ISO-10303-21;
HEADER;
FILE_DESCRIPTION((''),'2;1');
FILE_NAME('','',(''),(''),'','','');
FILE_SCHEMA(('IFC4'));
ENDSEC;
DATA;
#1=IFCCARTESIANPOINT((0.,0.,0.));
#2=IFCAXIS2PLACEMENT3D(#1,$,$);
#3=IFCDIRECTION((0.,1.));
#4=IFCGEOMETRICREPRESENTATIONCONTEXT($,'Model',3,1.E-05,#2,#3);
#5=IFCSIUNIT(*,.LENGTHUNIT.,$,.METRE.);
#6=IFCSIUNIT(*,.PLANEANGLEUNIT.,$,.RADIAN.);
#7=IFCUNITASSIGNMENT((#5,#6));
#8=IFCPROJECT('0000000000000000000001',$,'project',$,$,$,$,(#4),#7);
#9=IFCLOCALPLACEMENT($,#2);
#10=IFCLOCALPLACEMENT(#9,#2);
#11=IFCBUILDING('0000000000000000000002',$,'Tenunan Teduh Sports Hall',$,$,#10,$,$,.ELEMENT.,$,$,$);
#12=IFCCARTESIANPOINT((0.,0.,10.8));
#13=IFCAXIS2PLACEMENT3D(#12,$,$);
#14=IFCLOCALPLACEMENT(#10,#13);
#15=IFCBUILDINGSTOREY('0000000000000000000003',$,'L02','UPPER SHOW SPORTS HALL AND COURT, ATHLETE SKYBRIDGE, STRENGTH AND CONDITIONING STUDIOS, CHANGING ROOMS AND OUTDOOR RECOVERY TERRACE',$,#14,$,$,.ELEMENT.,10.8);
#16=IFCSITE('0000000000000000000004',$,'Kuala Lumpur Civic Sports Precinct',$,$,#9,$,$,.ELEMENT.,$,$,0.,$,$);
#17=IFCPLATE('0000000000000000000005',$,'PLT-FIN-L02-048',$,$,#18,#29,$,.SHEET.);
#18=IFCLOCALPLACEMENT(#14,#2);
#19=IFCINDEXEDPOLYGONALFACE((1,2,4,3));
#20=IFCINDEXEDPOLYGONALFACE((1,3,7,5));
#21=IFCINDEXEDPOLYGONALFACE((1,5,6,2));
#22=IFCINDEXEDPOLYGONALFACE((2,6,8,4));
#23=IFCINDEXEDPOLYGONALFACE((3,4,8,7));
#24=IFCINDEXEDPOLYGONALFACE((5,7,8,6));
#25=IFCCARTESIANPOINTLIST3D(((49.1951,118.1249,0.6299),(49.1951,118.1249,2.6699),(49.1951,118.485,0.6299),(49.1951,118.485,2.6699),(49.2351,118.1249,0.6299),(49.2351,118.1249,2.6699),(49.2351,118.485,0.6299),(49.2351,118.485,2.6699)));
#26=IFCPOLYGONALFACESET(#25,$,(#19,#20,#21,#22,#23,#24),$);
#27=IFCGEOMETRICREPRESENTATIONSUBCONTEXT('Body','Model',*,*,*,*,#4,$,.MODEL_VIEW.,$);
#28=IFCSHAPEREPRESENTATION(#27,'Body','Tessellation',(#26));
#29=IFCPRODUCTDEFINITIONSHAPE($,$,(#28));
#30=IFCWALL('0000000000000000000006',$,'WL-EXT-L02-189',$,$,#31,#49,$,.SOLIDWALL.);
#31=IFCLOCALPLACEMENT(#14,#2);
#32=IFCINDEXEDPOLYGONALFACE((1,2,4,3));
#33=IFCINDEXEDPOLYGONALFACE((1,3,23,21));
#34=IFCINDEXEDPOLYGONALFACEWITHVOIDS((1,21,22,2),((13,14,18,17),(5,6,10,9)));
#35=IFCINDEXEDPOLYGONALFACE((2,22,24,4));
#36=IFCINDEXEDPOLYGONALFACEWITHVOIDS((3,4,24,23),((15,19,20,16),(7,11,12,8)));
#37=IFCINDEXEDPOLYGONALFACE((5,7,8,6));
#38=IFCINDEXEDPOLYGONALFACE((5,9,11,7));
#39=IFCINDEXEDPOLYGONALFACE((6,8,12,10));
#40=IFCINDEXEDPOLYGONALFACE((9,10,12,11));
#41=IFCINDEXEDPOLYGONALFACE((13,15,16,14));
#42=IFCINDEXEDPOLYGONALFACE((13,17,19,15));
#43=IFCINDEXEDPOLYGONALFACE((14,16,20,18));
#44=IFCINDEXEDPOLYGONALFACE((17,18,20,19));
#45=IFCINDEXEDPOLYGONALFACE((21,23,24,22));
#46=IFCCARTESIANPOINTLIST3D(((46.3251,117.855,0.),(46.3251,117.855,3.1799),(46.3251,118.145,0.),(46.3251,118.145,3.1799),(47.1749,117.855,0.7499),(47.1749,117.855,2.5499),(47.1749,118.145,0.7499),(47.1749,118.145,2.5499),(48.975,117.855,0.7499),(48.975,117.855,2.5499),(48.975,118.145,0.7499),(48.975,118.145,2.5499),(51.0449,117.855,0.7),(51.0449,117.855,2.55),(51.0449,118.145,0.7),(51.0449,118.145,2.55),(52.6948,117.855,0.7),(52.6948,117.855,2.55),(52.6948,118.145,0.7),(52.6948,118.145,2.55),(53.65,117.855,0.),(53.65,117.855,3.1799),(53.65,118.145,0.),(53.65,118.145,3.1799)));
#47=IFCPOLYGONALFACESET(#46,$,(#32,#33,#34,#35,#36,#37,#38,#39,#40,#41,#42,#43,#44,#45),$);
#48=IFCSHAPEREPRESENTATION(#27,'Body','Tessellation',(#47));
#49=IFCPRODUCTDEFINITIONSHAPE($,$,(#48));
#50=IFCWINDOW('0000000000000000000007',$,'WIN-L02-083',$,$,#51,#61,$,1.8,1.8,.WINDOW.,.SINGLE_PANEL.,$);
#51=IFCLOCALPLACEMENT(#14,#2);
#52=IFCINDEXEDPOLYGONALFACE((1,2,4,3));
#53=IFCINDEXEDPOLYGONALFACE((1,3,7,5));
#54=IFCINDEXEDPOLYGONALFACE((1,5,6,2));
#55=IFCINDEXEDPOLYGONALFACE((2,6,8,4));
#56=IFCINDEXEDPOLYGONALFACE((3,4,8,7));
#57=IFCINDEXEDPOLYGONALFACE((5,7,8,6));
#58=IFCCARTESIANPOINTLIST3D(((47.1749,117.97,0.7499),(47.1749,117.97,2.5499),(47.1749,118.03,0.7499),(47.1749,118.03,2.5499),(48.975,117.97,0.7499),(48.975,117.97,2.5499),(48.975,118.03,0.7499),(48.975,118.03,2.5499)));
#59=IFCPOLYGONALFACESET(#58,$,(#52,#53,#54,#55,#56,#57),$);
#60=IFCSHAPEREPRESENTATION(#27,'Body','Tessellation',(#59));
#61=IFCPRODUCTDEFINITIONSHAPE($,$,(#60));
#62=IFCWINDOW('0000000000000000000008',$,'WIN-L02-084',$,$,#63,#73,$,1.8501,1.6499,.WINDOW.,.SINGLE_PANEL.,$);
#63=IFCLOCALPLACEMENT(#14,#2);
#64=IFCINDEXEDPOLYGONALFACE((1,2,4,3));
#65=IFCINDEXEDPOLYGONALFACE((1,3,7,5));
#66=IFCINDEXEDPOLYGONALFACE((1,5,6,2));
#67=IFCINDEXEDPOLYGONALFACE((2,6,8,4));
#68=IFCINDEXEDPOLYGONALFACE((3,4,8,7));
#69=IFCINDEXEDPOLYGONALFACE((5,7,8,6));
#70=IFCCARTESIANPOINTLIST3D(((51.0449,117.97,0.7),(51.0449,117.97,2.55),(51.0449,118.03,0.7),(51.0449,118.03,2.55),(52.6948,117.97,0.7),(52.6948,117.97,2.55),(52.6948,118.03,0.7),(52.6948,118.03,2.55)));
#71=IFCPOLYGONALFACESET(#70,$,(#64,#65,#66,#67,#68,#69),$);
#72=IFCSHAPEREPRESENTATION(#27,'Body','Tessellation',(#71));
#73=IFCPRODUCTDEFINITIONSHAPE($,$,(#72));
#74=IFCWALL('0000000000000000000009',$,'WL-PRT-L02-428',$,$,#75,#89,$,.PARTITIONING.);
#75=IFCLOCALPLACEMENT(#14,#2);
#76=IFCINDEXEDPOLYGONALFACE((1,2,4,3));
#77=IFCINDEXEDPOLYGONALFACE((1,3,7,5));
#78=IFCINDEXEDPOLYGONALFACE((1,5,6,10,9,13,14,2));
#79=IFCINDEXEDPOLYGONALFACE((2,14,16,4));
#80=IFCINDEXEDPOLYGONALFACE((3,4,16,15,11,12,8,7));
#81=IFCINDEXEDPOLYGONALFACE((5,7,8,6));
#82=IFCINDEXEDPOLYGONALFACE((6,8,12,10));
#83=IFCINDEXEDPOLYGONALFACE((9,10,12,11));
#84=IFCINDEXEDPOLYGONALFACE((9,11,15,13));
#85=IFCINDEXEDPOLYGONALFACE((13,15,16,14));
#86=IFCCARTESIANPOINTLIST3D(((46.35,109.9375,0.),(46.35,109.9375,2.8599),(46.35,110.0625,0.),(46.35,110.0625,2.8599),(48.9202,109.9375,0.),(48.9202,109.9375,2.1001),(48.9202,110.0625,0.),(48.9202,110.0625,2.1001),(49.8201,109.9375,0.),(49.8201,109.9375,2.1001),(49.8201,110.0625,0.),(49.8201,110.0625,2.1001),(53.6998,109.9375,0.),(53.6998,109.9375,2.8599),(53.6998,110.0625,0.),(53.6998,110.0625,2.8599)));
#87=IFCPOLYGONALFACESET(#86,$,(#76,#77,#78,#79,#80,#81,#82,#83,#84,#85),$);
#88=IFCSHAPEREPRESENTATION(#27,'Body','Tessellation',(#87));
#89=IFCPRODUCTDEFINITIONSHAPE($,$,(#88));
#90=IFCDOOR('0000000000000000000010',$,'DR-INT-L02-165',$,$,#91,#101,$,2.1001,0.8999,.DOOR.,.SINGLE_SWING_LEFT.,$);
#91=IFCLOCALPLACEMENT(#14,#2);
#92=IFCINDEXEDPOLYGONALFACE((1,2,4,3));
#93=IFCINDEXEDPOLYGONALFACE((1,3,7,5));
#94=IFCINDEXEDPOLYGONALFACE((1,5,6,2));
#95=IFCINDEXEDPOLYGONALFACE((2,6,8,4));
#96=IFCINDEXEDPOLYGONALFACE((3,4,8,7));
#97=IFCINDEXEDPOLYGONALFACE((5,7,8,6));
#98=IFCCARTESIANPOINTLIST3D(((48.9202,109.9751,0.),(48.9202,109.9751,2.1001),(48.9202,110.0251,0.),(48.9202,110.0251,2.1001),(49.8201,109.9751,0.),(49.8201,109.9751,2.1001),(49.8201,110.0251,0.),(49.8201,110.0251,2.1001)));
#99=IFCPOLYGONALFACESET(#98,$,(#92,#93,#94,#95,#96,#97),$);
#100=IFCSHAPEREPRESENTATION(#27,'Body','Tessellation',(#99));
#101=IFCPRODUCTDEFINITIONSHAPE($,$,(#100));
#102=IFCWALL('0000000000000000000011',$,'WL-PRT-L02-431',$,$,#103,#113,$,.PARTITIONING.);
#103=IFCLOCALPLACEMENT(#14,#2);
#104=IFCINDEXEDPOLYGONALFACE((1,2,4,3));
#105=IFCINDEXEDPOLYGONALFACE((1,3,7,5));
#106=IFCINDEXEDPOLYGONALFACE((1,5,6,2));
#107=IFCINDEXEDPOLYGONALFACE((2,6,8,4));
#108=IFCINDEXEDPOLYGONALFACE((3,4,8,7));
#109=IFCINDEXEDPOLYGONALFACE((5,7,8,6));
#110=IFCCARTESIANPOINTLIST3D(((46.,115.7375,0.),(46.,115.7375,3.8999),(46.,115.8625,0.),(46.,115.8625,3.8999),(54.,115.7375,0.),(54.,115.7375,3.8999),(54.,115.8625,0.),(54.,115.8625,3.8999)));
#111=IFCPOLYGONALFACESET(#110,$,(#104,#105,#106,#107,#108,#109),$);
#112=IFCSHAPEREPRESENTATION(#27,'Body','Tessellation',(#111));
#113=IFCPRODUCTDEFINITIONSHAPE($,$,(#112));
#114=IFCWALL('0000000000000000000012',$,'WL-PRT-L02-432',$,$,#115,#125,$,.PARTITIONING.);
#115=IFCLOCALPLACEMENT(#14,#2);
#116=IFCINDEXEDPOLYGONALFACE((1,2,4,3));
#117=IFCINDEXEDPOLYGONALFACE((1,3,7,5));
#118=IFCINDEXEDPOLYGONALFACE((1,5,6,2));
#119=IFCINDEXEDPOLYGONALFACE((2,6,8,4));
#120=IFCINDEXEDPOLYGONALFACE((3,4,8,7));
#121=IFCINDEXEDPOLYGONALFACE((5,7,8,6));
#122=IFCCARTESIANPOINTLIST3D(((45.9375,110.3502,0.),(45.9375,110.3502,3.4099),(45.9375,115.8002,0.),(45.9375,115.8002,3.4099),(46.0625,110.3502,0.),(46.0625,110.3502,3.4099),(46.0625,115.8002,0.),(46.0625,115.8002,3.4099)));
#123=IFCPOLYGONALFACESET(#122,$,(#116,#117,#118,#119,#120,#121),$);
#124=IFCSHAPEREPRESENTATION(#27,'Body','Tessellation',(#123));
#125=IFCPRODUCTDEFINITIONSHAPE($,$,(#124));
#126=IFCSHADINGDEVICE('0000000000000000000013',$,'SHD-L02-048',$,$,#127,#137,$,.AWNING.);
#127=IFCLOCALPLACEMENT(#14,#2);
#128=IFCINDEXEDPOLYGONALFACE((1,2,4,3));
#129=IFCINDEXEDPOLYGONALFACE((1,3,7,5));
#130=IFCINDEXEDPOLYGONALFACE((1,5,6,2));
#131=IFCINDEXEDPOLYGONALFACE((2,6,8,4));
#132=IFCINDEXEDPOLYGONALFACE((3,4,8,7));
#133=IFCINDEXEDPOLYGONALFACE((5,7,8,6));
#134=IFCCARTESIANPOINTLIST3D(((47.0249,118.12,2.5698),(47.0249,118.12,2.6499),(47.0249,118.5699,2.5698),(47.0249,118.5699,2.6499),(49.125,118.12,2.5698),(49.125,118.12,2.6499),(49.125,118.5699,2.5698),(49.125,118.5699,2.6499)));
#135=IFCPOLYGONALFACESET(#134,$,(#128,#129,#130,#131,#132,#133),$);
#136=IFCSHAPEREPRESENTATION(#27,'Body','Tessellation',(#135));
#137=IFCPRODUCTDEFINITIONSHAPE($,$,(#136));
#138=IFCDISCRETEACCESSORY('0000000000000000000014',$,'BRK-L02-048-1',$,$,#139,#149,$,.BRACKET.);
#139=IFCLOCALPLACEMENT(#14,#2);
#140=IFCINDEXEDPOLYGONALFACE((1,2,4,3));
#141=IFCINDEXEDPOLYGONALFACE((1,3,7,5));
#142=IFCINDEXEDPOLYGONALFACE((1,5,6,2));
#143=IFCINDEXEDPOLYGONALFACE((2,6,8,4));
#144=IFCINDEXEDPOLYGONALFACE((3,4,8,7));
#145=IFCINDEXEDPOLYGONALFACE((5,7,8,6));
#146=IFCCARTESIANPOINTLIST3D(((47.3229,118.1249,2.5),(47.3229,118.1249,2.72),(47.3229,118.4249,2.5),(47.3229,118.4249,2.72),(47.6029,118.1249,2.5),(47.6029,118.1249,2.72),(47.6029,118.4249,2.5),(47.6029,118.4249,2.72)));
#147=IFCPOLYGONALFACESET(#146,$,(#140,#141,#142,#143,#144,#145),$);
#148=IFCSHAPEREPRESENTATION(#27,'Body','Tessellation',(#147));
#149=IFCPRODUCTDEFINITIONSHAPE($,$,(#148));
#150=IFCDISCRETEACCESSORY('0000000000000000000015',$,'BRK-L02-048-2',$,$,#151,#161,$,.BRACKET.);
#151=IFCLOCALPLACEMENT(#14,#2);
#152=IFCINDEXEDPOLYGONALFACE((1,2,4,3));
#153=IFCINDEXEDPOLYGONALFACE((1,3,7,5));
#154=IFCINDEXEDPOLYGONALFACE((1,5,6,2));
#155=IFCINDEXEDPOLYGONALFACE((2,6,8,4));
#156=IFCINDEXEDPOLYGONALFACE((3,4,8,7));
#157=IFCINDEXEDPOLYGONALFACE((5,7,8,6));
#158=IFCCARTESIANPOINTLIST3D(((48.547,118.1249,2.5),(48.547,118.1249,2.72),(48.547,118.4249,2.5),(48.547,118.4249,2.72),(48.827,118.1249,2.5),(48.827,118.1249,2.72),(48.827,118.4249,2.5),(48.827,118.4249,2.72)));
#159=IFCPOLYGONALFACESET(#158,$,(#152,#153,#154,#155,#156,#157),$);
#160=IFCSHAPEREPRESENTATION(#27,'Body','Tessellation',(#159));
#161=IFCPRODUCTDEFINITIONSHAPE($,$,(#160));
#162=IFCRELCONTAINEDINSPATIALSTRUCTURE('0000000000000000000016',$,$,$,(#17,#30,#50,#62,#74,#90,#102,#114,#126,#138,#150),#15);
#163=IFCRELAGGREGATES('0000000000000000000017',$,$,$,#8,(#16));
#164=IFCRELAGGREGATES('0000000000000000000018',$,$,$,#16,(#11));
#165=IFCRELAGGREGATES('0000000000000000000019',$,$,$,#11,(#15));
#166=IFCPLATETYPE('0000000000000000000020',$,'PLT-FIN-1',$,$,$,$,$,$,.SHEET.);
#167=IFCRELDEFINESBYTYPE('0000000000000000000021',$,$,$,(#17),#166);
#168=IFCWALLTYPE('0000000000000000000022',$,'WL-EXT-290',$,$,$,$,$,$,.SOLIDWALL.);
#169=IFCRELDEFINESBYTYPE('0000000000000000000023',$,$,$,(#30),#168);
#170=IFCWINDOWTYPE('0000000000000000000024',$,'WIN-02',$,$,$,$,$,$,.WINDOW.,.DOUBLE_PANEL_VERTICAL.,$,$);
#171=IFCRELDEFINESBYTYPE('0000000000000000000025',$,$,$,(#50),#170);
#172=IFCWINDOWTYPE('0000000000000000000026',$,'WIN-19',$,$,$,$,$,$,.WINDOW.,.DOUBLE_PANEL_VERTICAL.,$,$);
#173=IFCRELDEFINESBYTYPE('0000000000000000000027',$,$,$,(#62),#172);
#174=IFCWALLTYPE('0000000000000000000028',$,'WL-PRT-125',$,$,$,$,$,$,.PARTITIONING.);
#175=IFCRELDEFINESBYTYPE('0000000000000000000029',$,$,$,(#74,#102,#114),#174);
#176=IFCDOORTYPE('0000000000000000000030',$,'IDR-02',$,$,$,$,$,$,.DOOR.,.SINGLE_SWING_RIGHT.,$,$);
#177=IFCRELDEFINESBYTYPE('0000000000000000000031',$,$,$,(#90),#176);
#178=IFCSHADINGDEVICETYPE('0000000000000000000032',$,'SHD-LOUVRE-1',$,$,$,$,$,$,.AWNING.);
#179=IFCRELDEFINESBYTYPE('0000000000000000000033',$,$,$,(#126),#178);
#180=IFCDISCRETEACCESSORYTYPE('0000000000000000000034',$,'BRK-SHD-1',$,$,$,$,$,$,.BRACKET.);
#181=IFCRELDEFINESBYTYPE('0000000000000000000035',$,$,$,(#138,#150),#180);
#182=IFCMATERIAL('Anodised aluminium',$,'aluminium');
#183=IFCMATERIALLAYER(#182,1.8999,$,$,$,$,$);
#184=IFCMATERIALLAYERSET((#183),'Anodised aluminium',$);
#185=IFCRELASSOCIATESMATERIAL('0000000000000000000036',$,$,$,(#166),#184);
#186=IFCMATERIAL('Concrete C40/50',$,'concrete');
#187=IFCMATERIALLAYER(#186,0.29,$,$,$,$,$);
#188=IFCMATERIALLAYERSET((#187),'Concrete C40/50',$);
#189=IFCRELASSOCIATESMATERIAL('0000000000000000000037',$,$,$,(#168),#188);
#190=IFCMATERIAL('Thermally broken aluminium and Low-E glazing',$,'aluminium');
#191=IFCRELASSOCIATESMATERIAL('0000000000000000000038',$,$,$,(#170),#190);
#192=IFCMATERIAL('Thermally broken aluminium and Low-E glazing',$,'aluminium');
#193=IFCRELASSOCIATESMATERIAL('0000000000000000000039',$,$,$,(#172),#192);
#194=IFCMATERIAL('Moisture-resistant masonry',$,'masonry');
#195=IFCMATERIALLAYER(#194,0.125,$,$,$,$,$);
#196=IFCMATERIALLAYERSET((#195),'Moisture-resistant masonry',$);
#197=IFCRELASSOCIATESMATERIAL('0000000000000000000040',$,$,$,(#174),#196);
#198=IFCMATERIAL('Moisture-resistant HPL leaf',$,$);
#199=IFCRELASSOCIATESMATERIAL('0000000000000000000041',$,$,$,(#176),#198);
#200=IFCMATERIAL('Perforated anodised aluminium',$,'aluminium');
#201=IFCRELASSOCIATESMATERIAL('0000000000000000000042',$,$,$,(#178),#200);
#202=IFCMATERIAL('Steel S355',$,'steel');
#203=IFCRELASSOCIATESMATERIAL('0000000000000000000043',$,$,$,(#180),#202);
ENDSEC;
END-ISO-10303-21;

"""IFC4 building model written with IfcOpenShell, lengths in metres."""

from ifc_helpers import new_model, si_unit, direction, frame, frame_2d, origin, origin_2d, place, context, subcontext, project, spatial, rectangle, extrude, material, layer, layer_set, type_object, element, fill, save


model = new_model("IFC4")

# Units and contexts
model_context = context("Model", 3, precision=1e-05, world=origin(), true_north=direction((0.0, 1.0)))
body_context = subcontext(model_context, "Body", "Model", "MODEL_VIEW")
ifc_project = project(units=[si_unit("LENGTHUNIT", "METRE"), si_unit("PLANEANGLEUNIT", "RADIAN")], contexts=[model_context])

# Site, building, storey
site_placement = place(None, origin())
site = spatial("IfcSite", under=ifc_project, at=site_placement, Name="Kuala Lumpur Civic Sports Precinct", CompositionType="ELEMENT", RefElevation=0.0)
building_placement = place(site_placement, origin())
building = spatial("IfcBuilding", under=site, at=building_placement, Name="Tenunan Teduh Sports Hall", CompositionType="ELEMENT")
storey_placement = place(building_placement, frame((0.0, 0.0, 10.8)))
storey = spatial("IfcBuildingStorey", under=building, at=storey_placement, Name="L02", Description="UPPER SHOW SPORTS HALL AND COURT, ATHLETE SKYBRIDGE, STRENGTH AND CONDITIONING STUDIOS, CHANGING ROOMS AND OUTDOOR RECOVERY TERRACE", CompositionType="ELEMENT", Elevation=10.8)

# Plate
ifc_material_1 = material(Name="Anodised aluminium", Category="aluminium")
ifc_layer_1 = layer(ifc_material_1, 1.8999)
ifc_layer_set_1 = layer_set([ifc_layer_1], Name="Anodised aluminium")
plate_type = type_object("IfcPlateType", Name="PLT-FIN-1", PredefinedType="SHEET", material=ifc_layer_set_1)
plate_placement = place(storey_placement, frame((49.2151, 118.3049, 0.6299), z_axis=(0.0, 0.0, 1.0), x_axis=(1.0, 0.0, 0.0)))
element("IfcPlate", 1, at=plate_placement, inside=storey, type_object=plate_type, Name="PLT-FIN-L02-048", PredefinedType="SHEET", context=body_context, shape_type="SweptSolid", body=[
    extrude(rectangle(XDim=0.04, YDim=0.3601, at=origin_2d()), origin(), (0.0, 0.0, 1.0), 2.04),
])

# Wall, openings, windows
ifc_material_2 = material(Name="Concrete C40/50", Category="concrete")
ifc_layer_2 = layer(ifc_material_2, 0.29)
ifc_layer_set_2 = layer_set([ifc_layer_2], Name="Concrete C40/50")
wall_type_1 = type_object("IfcWallType", Name="WL-EXT-290", PredefinedType="SOLIDWALL", material=ifc_layer_set_2)
wall_1_placement = place(storey_placement, frame((46.325, 118.0, 0.0), z_axis=(0.0, 0.0, 1.0), x_axis=(1.0, 0.0, 0.0)))
wall_1 = element("IfcWall", 2, at=wall_1_placement, inside=storey, type_object=wall_type_1, Name="WL-EXT-L02-189", PredefinedType="SOLIDWALL", context=body_context, shape_type="SweptSolid", body=[
    extrude(rectangle(XDim=7.325, YDim=0.29, at=frame_2d((3.6626, 0.0))), origin(), (0.0, 0.0, 1.0), 3.1799),
])
opening_1_placement = place(wall_1_placement, frame((0.8501, 0.0, 0.75)))
opening_1 = element("IfcOpeningElement", 3, at=opening_1_placement, cuts=wall_1, PredefinedType="OPENING", context=body_context, shape_type="SweptSolid", body=[
    extrude(rectangle(XDim=1.8, YDim=1.8, at=frame_2d((0.8999, 0.8999))), frame((0.0, 0.155, 0.0), z_axis=(0.0, -1.0, 0.0), x_axis=(1.0, 0.0, 0.0)), (0.0, 0.0, 1.0), 0.3101),
])
opening_2_placement = place(wall_1_placement, frame((4.72, 0.0, 0.7)))
opening_2 = element("IfcOpeningElement", 4, at=opening_2_placement, cuts=wall_1, PredefinedType="OPENING", context=body_context, shape_type="SweptSolid", body=[
    extrude(rectangle(XDim=1.6499, YDim=1.8501, at=frame_2d((0.825, 0.925))), frame((0.0, 0.155, 0.0), z_axis=(0.0, -1.0, 0.0), x_axis=(1.0, 0.0, 0.0)), (0.0, 0.0, 1.0), 0.3101),
])
ifc_material_3 = material(Name="Thermally broken aluminium and Low-E glazing", Category="aluminium")
window_type_1 = type_object("IfcWindowType", Name="WIN-02", PartitioningType="DOUBLE_PANEL_VERTICAL", PredefinedType="WINDOW", material=ifc_material_3)
window_1_placement = place(opening_1_placement, origin())
window_1 = element("IfcWindow", 5, at=window_1_placement, inside=storey, type_object=window_type_1, Name="WIN-L02-083", OverallHeight=1.8, OverallWidth=1.8, PartitioningType="SINGLE_PANEL", PredefinedType="WINDOW", context=body_context, shape_type="SweptSolid", body=[
    extrude(rectangle(XDim=1.8, YDim=1.8, at=frame_2d((0.8999, 0.8999))), frame((0.0, 0.03, 0.0), z_axis=(0.0, -1.0, 0.0), x_axis=(1.0, 0.0, 0.0)), (0.0, 0.0, 1.0), 0.0601),
])
fill(opening_1, window_1)
ifc_material_4 = material(Name="Thermally broken aluminium and Low-E glazing", Category="aluminium")
window_type_2 = type_object("IfcWindowType", Name="WIN-19", PartitioningType="DOUBLE_PANEL_VERTICAL", PredefinedType="WINDOW", material=ifc_material_4)
window_2_placement = place(opening_2_placement, origin())
window_2 = element("IfcWindow", 6, at=window_2_placement, inside=storey, type_object=window_type_2, Name="WIN-L02-084", OverallHeight=1.8501, OverallWidth=1.6499, PartitioningType="SINGLE_PANEL", PredefinedType="WINDOW", context=body_context, shape_type="SweptSolid", body=[
    extrude(rectangle(XDim=1.6499, YDim=1.8501, at=frame_2d((0.825, 0.925))), frame((0.0, 0.03, 0.0), z_axis=(0.0, -1.0, 0.0), x_axis=(1.0, 0.0, 0.0)), (0.0, 0.0, 1.0), 0.0601),
])
fill(opening_2, window_2)

# Wall, opening, door
ifc_material_5 = material(Name="Moisture-resistant masonry", Category="masonry")
ifc_layer_3 = layer(ifc_material_5, 0.125)
ifc_layer_set_3 = layer_set([ifc_layer_3], Name="Moisture-resistant masonry")
wall_type_2 = type_object("IfcWallType", Name="WL-PRT-125", PredefinedType="PARTITIONING", material=ifc_layer_set_3)
wall_2_placement = place(storey_placement, frame((46.3501, 110.0, 0.0), z_axis=(0.0, 0.0, 1.0), x_axis=(1.0, 0.0, 0.0)))
wall_2 = element("IfcWall", 7, at=wall_2_placement, inside=storey, type_object=wall_type_2, Name="WL-PRT-L02-428", PredefinedType="PARTITIONING", context=body_context, shape_type="SweptSolid", body=[
    extrude(rectangle(XDim=7.3499, YDim=0.125, at=frame_2d((3.6748, 0.0))), origin(), (0.0, 0.0, 1.0), 2.8599),
])
opening_3_placement = place(wall_2_placement, frame((2.5701, 0.0, 0.0)))
opening_3 = element("IfcOpeningElement", 8, at=opening_3_placement, cuts=wall_2, PredefinedType="OPENING", context=body_context, shape_type="SweptSolid", body=[
    extrude(rectangle(XDim=0.8999, YDim=2.1001, at=frame_2d((0.45, 1.05))), frame((0.0, 0.0725, 0.0), z_axis=(0.0, -1.0, 0.0), x_axis=(1.0, 0.0, 0.0)), (0.0, 0.0, 1.0), 0.145),
])
ifc_material_6 = material(Name="Moisture-resistant HPL leaf")
door_type = type_object("IfcDoorType", Name="IDR-02", OperationType="SINGLE_SWING_RIGHT", PredefinedType="DOOR", material=ifc_material_6)
door_placement = place(opening_3_placement, frame((0.8999, 0.0, 0.0), z_axis=(0.0, 0.0, 1.0), x_axis=(-1.0, 0.0, 0.0)))
door = element("IfcDoor", 9, at=door_placement, inside=storey, type_object=door_type, Name="DR-INT-L02-165", OperationType="SINGLE_SWING_LEFT", OverallHeight=2.1001, OverallWidth=0.8999, PredefinedType="DOOR", context=body_context, shape_type="SweptSolid", body=[
    extrude(rectangle(XDim=0.8999, YDim=2.1001, at=frame_2d((0.45, 1.05))), frame((0.0, 0.0249, 0.0), z_axis=(0.0, -1.0, 0.0), x_axis=(1.0, 0.0, 0.0)), (0.0, 0.0, 1.0), 0.05),
])
fill(opening_3, door)

# Walls
wall_3_placement = place(storey_placement, frame((46.0, 115.8, 0.0), z_axis=(0.0, 0.0, 1.0), x_axis=(1.0, 0.0, 0.0)))
element("IfcWall", 10, at=wall_3_placement, inside=storey, type_object=wall_type_2, Name="WL-PRT-L02-431", PredefinedType="PARTITIONING", context=body_context, shape_type="SweptSolid", body=[
    extrude(rectangle(XDim=8.0, YDim=0.125, at=frame_2d((4.0, 0.0))), origin(), (0.0, 0.0, 1.0), 3.8999),
])
wall_4_placement = place(storey_placement, frame((46.0, 110.3501, 0.0), z_axis=(0.0, 0.0, 1.0), x_axis=(0.0, 1.0, 0.0)))
element("IfcWall", 11, at=wall_4_placement, inside=storey, type_object=wall_type_2, Name="WL-PRT-L02-432", PredefinedType="PARTITIONING", context=body_context, shape_type="SweptSolid", body=[
    extrude(rectangle(XDim=5.45, YDim=0.125, at=frame_2d((2.7251, 0.0))), origin(), (0.0, 0.0, 1.0), 3.4099),
])

# Shading device
ifc_material_7 = material(Name="Perforated anodised aluminium", Category="aluminium")
shading_device_type = type_object("IfcShadingDeviceType", Name="SHD-LOUVRE-1", PredefinedType="AWNING", material=ifc_material_7)
shading_device_placement = place(storey_placement, frame((48.075, 118.345, 2.5698), z_axis=(0.0, 0.0, 1.0), x_axis=(1.0, 0.0, 0.0)))
element("IfcShadingDevice", 12, at=shading_device_placement, inside=storey, type_object=shading_device_type, Name="SHD-L02-048", PredefinedType="AWNING", context=body_context, shape_type="SweptSolid", body=[
    extrude(rectangle(XDim=2.1001, YDim=0.45, at=origin_2d()), origin(), (0.0, 0.0, 1.0), 0.0801),
])

# Discrete accessories
ifc_material_8 = material(Name="Steel S355", Category="steel")
discrete_accessory_type = type_object("IfcDiscreteAccessoryType", Name="BRK-SHD-1", PredefinedType="BRACKET", material=ifc_material_8)
for number, where, z_axis, x_axis, name in (
    (13, (47.4629, 118.2749, 2.5), (0.0, 0.0, 1.0), (1.0, 0.0, 0.0), "BRK-L02-048-1"),
    (14, (48.687, 118.2749, 2.5), (0.0, 0.0, 1.0), (1.0, 0.0, 0.0), "BRK-L02-048-2"),
):
    element("IfcDiscreteAccessory", number, at=place(storey_placement, frame(where, z_axis=z_axis, x_axis=x_axis)), inside=storey, type_object=discrete_accessory_type, Name=name, PredefinedType="BRACKET", context=body_context, shape_type="SweptSolid", body=[
        extrude(rectangle(XDim=0.28, YDim=0.3, at=origin_2d()), origin(), (0.0, 0.0, 1.0), 0.22),
    ])

save(model, "model.ifc")
